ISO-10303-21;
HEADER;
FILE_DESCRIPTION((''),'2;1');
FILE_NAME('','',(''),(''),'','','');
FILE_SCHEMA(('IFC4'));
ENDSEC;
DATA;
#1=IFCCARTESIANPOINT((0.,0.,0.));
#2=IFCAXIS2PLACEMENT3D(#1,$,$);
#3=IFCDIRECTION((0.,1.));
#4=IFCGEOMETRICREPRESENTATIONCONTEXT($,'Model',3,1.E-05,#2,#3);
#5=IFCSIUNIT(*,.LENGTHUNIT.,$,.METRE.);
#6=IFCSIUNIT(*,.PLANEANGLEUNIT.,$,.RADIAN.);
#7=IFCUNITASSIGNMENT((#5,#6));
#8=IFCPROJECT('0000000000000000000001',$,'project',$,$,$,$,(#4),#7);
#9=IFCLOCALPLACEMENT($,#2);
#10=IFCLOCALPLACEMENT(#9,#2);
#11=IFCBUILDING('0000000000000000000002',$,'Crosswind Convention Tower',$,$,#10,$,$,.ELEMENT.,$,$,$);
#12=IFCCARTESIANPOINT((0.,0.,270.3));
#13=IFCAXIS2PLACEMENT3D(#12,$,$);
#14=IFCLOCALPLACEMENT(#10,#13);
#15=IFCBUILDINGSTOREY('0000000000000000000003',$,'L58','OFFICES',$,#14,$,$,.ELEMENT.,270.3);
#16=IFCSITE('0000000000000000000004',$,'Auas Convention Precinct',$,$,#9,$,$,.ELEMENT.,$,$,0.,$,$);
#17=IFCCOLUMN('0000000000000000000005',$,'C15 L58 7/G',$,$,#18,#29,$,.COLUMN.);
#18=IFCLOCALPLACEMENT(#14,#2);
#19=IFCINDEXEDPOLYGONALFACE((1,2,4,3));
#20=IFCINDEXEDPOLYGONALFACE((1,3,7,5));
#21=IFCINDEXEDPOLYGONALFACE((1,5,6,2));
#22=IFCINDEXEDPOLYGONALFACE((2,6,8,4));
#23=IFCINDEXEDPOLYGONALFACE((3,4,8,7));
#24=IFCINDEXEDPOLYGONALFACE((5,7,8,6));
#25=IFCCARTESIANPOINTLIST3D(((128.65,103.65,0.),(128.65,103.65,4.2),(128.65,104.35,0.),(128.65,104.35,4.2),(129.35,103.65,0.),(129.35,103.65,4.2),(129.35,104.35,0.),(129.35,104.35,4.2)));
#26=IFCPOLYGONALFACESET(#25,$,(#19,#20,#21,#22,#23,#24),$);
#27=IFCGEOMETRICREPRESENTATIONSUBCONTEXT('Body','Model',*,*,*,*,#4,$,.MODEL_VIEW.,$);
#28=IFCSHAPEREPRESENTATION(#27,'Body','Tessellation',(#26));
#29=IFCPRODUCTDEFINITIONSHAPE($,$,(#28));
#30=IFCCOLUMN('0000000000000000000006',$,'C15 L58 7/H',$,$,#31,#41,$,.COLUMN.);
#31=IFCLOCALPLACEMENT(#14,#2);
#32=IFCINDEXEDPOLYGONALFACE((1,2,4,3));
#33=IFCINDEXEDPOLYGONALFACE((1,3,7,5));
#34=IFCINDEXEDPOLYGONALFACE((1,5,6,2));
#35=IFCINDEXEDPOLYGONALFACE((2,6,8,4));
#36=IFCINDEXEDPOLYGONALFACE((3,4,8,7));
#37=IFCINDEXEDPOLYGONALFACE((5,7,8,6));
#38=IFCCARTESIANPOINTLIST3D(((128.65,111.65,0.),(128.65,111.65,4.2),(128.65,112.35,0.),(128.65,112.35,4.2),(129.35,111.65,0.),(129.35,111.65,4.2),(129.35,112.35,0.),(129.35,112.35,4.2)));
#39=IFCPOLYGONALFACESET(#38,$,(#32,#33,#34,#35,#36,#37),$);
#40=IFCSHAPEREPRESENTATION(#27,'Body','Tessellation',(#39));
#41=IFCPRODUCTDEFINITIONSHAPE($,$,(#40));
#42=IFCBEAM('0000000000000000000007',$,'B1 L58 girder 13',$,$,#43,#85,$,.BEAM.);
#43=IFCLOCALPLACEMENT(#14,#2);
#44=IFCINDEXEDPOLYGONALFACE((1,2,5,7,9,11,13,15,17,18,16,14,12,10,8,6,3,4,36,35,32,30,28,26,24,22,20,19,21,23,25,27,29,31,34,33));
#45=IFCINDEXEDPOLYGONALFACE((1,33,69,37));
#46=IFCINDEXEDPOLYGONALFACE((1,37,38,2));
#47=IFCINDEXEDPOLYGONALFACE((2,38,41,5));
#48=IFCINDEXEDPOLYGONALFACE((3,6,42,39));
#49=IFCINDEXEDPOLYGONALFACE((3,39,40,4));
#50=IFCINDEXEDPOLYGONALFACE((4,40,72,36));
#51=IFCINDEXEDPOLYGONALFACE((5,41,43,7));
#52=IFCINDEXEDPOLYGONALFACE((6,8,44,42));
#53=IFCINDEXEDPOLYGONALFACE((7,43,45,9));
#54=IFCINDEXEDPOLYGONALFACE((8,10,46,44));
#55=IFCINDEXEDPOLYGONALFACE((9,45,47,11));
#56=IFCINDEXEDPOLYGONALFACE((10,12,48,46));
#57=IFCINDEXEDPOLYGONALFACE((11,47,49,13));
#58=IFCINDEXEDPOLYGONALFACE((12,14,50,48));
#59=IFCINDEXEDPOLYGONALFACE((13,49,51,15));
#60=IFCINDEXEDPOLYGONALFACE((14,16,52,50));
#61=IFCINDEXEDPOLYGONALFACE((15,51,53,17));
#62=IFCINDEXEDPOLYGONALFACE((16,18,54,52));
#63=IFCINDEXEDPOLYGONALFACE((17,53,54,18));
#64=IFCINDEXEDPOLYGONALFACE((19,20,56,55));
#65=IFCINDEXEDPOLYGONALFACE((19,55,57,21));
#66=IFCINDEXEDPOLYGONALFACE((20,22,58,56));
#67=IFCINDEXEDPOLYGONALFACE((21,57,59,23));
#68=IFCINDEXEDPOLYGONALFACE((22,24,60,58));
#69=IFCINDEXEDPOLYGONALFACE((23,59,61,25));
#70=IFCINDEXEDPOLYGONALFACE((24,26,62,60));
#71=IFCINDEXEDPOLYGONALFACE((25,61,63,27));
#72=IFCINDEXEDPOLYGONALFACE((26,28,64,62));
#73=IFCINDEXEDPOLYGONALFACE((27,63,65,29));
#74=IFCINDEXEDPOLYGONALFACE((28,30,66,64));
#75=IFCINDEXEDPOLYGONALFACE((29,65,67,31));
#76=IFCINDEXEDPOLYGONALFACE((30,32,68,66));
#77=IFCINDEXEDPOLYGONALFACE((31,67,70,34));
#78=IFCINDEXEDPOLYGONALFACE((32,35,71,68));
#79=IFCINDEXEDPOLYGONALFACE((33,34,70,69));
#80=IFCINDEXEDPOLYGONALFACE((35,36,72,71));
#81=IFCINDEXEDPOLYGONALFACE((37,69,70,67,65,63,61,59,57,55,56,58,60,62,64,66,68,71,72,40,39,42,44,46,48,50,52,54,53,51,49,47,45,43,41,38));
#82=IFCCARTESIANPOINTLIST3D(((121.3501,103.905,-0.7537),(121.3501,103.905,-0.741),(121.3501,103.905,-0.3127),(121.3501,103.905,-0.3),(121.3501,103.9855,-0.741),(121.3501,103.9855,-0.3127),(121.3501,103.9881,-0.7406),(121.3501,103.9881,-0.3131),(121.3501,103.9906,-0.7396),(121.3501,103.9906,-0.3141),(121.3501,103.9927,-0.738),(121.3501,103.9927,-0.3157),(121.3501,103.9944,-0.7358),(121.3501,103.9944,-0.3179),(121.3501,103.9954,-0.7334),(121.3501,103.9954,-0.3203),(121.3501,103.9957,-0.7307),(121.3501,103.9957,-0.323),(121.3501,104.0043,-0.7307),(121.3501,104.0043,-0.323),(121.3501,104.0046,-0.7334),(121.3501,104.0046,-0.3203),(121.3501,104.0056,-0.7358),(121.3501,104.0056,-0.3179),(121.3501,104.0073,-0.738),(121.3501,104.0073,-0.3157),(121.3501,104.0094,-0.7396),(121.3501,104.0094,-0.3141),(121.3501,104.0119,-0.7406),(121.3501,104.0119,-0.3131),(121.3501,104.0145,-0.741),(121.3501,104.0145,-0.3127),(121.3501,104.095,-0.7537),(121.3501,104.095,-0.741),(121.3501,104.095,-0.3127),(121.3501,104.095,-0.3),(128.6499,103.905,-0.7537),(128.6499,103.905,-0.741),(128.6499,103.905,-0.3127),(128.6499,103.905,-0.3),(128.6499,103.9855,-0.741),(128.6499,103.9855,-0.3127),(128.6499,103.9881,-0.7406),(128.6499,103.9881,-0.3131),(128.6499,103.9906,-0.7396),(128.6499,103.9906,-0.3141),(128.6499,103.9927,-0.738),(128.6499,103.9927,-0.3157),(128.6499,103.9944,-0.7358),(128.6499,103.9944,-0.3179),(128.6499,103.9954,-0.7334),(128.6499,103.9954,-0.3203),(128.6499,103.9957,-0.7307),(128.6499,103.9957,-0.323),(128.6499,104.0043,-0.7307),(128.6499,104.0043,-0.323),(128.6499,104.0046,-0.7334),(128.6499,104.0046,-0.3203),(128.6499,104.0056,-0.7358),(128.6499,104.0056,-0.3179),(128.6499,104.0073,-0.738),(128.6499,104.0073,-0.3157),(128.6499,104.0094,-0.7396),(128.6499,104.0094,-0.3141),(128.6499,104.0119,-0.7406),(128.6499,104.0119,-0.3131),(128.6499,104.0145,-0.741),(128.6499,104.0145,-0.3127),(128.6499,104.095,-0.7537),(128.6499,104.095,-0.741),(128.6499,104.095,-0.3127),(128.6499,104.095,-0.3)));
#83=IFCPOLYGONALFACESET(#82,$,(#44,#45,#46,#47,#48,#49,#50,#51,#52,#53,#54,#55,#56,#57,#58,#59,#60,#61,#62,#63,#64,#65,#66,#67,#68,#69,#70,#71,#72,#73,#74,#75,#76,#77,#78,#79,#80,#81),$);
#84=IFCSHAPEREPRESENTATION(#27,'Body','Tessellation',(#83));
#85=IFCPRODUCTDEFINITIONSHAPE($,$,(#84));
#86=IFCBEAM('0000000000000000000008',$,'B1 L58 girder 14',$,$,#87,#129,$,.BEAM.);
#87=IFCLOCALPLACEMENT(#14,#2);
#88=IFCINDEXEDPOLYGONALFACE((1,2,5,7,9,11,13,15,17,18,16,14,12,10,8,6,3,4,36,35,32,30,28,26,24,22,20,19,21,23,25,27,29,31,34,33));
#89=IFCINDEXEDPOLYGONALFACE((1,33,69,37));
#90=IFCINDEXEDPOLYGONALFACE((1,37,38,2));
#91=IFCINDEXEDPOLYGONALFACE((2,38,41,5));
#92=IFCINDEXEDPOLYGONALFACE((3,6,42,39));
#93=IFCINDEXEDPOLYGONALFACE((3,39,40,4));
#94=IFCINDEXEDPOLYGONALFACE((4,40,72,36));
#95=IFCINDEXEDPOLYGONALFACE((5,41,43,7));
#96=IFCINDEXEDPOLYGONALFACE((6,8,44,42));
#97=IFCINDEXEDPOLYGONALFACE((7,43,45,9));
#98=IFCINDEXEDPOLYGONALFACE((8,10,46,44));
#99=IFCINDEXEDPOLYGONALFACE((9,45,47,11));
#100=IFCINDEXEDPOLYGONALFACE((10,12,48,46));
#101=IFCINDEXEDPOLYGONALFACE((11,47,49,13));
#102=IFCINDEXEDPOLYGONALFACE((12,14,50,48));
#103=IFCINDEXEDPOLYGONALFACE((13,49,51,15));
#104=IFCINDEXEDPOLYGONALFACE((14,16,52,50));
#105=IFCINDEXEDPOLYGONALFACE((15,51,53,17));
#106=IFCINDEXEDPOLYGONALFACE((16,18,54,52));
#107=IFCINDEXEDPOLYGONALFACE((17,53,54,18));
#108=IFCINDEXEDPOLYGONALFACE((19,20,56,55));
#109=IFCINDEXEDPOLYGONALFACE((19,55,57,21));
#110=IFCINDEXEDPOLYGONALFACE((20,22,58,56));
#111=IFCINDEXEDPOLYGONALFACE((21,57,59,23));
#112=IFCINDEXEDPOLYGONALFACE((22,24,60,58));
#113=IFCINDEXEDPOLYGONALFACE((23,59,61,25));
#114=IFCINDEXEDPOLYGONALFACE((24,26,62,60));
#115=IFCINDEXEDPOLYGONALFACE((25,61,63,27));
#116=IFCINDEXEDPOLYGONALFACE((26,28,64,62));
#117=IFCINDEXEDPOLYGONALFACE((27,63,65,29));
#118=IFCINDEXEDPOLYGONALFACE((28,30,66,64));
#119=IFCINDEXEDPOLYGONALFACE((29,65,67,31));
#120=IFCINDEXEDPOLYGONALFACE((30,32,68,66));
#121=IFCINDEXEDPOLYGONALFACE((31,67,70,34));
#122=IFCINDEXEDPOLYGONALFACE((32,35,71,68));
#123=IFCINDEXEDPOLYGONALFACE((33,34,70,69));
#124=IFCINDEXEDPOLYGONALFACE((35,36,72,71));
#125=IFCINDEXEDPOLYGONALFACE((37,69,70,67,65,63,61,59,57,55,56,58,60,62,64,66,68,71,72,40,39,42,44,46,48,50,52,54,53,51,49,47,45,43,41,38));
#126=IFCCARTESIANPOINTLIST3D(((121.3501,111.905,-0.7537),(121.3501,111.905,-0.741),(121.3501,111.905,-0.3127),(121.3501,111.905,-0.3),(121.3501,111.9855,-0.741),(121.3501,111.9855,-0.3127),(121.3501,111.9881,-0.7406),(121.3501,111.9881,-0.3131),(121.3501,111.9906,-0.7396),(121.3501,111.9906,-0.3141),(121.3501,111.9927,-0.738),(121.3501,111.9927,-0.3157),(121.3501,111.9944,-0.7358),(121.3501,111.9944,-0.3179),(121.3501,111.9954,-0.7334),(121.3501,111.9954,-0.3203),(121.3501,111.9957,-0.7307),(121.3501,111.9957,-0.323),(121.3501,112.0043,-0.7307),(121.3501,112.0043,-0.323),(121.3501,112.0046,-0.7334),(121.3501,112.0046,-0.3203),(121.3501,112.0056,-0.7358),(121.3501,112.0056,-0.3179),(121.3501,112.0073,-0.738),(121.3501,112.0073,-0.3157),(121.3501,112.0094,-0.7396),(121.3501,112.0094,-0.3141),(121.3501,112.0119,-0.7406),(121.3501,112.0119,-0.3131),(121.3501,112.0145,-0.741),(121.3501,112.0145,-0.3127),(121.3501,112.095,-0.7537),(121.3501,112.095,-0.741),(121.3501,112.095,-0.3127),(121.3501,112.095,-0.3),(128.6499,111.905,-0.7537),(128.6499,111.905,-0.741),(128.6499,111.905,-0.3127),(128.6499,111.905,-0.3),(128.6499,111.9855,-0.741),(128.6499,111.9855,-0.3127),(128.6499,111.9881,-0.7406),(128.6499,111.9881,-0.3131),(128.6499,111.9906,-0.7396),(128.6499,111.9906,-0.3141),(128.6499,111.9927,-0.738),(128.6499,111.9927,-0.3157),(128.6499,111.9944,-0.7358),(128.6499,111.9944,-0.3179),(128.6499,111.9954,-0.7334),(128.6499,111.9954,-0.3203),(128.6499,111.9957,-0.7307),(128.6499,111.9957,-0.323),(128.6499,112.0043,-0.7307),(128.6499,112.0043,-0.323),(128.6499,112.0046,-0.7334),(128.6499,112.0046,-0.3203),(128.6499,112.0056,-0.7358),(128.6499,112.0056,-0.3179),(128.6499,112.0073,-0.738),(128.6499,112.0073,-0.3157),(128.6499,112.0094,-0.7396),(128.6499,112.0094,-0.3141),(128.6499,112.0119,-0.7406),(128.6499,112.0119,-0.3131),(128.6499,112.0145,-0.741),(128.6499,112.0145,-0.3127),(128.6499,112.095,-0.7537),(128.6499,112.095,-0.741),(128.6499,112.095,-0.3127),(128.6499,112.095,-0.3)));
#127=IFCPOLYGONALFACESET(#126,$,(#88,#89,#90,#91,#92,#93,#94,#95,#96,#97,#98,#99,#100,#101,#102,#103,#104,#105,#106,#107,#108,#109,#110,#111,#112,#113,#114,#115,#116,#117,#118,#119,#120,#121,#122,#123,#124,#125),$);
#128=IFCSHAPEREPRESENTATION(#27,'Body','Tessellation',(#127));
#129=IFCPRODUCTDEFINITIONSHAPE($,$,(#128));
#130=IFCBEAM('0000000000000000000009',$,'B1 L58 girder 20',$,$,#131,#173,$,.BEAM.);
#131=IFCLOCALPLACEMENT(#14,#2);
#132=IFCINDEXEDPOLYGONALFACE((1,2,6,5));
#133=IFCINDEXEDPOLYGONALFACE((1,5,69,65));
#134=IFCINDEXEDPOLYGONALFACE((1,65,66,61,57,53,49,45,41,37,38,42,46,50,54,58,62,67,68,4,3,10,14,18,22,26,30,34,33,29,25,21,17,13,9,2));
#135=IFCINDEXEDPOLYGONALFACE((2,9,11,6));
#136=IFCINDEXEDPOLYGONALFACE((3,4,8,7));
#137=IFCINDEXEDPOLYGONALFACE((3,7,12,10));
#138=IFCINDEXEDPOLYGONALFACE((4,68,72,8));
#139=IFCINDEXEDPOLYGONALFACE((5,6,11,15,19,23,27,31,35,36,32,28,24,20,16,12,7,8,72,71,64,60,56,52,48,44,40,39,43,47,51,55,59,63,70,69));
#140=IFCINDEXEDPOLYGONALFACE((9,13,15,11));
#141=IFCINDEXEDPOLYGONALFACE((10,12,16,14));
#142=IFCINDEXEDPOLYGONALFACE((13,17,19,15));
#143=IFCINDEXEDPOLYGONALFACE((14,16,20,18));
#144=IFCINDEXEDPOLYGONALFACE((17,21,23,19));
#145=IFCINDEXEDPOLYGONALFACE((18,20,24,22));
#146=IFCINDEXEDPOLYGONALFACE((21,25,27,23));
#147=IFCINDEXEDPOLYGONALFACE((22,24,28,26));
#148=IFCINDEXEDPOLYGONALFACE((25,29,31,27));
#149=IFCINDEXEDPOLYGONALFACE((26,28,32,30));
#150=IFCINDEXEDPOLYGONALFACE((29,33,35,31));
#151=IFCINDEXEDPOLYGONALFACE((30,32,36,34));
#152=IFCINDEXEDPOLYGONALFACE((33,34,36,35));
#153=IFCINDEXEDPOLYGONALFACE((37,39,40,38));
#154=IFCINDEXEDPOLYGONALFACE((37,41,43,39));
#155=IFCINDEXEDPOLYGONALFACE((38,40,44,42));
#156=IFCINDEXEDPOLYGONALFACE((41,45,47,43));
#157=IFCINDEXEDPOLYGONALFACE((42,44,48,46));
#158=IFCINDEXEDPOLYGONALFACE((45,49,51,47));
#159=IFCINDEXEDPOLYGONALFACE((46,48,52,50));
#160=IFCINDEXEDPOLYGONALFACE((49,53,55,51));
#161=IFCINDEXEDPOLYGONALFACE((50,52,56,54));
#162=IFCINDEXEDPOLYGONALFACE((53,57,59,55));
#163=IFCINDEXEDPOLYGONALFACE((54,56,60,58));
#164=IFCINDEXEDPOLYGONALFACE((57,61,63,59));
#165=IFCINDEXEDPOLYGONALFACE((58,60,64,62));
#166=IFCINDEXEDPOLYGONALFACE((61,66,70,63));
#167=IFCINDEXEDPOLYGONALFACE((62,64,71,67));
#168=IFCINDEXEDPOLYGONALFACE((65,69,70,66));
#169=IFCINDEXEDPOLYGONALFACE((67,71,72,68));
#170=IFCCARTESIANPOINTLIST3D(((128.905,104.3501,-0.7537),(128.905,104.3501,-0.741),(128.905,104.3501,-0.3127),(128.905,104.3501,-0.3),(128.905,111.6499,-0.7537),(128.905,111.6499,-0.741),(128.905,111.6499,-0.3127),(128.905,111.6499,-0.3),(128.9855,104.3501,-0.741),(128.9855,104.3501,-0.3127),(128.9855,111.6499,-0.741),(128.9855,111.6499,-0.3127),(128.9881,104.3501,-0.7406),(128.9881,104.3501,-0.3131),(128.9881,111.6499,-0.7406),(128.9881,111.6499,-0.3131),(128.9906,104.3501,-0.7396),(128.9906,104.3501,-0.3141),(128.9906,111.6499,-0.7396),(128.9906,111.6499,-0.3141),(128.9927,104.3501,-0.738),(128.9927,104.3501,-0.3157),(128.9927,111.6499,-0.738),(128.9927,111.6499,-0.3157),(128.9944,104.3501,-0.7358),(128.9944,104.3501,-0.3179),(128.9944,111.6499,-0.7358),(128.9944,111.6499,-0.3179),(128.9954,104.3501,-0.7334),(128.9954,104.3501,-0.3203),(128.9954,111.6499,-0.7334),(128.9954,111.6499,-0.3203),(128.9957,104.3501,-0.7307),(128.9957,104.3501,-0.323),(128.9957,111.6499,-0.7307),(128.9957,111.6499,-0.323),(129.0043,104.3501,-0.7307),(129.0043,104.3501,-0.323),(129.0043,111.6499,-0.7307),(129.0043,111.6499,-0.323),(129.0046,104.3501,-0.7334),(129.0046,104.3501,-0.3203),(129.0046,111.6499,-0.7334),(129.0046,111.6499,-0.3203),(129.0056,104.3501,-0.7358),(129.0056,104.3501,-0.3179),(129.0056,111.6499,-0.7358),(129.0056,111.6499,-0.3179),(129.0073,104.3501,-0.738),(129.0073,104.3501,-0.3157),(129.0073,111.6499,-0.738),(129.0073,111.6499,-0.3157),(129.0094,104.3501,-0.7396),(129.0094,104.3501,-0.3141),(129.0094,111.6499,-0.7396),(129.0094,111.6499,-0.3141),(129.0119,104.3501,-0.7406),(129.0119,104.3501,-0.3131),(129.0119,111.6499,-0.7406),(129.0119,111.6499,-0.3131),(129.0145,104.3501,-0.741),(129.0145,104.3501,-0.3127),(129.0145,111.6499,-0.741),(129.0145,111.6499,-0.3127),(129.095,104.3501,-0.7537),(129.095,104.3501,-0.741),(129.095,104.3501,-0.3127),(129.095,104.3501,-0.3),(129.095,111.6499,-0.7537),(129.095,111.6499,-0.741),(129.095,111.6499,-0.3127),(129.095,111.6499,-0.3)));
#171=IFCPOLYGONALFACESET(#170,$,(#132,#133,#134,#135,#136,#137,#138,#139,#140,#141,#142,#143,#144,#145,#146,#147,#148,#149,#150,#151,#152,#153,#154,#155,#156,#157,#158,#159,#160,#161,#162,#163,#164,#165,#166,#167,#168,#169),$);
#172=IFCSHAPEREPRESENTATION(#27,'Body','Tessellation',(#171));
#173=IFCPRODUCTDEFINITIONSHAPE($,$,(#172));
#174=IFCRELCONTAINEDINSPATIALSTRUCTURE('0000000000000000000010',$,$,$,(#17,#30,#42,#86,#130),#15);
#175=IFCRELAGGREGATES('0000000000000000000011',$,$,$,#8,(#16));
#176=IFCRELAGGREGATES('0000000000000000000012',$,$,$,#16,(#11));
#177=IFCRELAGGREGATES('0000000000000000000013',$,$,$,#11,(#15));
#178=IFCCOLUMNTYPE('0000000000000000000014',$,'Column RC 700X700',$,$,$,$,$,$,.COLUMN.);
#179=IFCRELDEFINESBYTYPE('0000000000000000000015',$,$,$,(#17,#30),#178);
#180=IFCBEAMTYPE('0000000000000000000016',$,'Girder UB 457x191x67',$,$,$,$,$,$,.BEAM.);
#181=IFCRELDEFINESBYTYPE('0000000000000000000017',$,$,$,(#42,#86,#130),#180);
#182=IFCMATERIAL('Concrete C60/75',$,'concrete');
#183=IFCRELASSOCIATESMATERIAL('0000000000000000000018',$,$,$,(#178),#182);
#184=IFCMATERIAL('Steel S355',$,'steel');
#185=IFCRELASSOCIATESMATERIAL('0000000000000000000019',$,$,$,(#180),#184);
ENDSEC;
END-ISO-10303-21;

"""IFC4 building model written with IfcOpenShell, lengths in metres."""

from ifc_helpers import new_model, si_unit, direction, frame, origin, origin_2d, place, context, subcontext, project, spatial, rectangle, i_section, extrude, material, material_profile, profile_set, type_object, element, save


model = new_model("IFC4")

# Units and contexts
model_context = context("Model", 3, precision=1e-05, world=origin(), true_north=direction((0.0, 1.0)))
body_context = subcontext(model_context, "Body", "Model", "MODEL_VIEW")
ifc_project = project(units=[si_unit("LENGTHUNIT", "METRE"), si_unit("PLANEANGLEUNIT", "RADIAN")], contexts=[model_context])

# Site, building, storey
site_placement = place(None, origin())
site = spatial("IfcSite", under=ifc_project, at=site_placement, Name="Auas Convention Precinct", CompositionType="ELEMENT", RefElevation=0.0)
building_placement = place(site_placement, origin())
building = spatial("IfcBuilding", under=site, at=building_placement, Name="Crosswind Convention Tower", CompositionType="ELEMENT")
storey_placement = place(building_placement, frame((0.0, 0.0, 270.3)))
storey = spatial("IfcBuildingStorey", under=building, at=storey_placement, Name="L58", Description="OFFICES", CompositionType="ELEMENT", Elevation=270.3)

# Columns
ifc_material_1 = material(Name="Concrete C60/75", Category="concrete")
ifc_material_profile_1 = material_profile(ifc_material_1, rectangle(XDim=0.7, YDim=0.7, at=origin_2d()), Name="RC 700X700")
ifc_profile_set_1 = profile_set([ifc_material_profile_1], Name="Concrete C60/75")
column_type = type_object("IfcColumnType", Name="Column RC 700X700", PredefinedType="COLUMN", material=ifc_profile_set_1)
for number, where, z_axis, x_axis, name in (
    (1, (129.0, 104.0, 0.0), (0.0, 0.0, 1.0), (1.0, 0.0, 0.0), "C15 L58 7/G"),
    (2, (129.0, 112.0, 0.0), (0.0, 0.0, 1.0), (1.0, 0.0, 0.0), "C15 L58 7/H"),
):
    element("IfcColumn", number, at=place(storey_placement, frame(where, z_axis=z_axis, x_axis=x_axis)), inside=storey, type_object=column_type, Name=name, PredefinedType="COLUMN", context=body_context, shape_type="SweptSolid", body=[
        extrude(rectangle(XDim=0.7, YDim=0.7, at=origin_2d()), origin(), (0.0, 0.0, 1.0), 4.2),
    ])

# Beams
ifc_material_2 = material(Name="Steel S355", Category="steel")
ifc_material_profile_2 = material_profile(ifc_material_2, i_section(OverallWidth=0.1899, OverallDepth=0.4536, WebThickness=0.0085, FlangeThickness=0.0127, FilletRadius=0.0103, at=origin_2d()), Name="UB 457x191x67")
ifc_profile_set_2 = profile_set([ifc_material_profile_2], Name="Steel S355")
beam_type_1 = type_object("IfcBeamType", Name="Girder UB 457x191x67", PredefinedType="BEAM", material=ifc_profile_set_2)
for number, where, z_axis, x_axis, name in (
    (3, (121.3501, 104.0, -0.5269), (1.0, 0.0, 0.0), (0.0, 1.0, 0.0), "B1 L58 girder 13"),
    (4, (121.3501, 112.0, -0.5269), (1.0, 0.0, 0.0), (0.0, 1.0, 0.0), "B1 L58 girder 14"),
    (5, (129.0, 104.3501, -0.5269), (0.0, 1.0, 0.0), (-1.0, 0.0, 0.0), "B1 L58 girder 20"),
):
    element("IfcBeam", number, at=place(storey_placement, frame(where, z_axis=z_axis, x_axis=x_axis)), inside=storey, type_object=beam_type_1, Name=name, PredefinedType="BEAM", context=body_context, shape_type="SweptSolid", body=[
        extrude(i_section(OverallWidth=0.1899, OverallDepth=0.4536, WebThickness=0.0085, FlangeThickness=0.0127, FilletRadius=0.0103, at=origin_2d()), origin(), (0.0, 0.0, 1.0), 7.2998),
    ])

save(model, "model.ifc")
